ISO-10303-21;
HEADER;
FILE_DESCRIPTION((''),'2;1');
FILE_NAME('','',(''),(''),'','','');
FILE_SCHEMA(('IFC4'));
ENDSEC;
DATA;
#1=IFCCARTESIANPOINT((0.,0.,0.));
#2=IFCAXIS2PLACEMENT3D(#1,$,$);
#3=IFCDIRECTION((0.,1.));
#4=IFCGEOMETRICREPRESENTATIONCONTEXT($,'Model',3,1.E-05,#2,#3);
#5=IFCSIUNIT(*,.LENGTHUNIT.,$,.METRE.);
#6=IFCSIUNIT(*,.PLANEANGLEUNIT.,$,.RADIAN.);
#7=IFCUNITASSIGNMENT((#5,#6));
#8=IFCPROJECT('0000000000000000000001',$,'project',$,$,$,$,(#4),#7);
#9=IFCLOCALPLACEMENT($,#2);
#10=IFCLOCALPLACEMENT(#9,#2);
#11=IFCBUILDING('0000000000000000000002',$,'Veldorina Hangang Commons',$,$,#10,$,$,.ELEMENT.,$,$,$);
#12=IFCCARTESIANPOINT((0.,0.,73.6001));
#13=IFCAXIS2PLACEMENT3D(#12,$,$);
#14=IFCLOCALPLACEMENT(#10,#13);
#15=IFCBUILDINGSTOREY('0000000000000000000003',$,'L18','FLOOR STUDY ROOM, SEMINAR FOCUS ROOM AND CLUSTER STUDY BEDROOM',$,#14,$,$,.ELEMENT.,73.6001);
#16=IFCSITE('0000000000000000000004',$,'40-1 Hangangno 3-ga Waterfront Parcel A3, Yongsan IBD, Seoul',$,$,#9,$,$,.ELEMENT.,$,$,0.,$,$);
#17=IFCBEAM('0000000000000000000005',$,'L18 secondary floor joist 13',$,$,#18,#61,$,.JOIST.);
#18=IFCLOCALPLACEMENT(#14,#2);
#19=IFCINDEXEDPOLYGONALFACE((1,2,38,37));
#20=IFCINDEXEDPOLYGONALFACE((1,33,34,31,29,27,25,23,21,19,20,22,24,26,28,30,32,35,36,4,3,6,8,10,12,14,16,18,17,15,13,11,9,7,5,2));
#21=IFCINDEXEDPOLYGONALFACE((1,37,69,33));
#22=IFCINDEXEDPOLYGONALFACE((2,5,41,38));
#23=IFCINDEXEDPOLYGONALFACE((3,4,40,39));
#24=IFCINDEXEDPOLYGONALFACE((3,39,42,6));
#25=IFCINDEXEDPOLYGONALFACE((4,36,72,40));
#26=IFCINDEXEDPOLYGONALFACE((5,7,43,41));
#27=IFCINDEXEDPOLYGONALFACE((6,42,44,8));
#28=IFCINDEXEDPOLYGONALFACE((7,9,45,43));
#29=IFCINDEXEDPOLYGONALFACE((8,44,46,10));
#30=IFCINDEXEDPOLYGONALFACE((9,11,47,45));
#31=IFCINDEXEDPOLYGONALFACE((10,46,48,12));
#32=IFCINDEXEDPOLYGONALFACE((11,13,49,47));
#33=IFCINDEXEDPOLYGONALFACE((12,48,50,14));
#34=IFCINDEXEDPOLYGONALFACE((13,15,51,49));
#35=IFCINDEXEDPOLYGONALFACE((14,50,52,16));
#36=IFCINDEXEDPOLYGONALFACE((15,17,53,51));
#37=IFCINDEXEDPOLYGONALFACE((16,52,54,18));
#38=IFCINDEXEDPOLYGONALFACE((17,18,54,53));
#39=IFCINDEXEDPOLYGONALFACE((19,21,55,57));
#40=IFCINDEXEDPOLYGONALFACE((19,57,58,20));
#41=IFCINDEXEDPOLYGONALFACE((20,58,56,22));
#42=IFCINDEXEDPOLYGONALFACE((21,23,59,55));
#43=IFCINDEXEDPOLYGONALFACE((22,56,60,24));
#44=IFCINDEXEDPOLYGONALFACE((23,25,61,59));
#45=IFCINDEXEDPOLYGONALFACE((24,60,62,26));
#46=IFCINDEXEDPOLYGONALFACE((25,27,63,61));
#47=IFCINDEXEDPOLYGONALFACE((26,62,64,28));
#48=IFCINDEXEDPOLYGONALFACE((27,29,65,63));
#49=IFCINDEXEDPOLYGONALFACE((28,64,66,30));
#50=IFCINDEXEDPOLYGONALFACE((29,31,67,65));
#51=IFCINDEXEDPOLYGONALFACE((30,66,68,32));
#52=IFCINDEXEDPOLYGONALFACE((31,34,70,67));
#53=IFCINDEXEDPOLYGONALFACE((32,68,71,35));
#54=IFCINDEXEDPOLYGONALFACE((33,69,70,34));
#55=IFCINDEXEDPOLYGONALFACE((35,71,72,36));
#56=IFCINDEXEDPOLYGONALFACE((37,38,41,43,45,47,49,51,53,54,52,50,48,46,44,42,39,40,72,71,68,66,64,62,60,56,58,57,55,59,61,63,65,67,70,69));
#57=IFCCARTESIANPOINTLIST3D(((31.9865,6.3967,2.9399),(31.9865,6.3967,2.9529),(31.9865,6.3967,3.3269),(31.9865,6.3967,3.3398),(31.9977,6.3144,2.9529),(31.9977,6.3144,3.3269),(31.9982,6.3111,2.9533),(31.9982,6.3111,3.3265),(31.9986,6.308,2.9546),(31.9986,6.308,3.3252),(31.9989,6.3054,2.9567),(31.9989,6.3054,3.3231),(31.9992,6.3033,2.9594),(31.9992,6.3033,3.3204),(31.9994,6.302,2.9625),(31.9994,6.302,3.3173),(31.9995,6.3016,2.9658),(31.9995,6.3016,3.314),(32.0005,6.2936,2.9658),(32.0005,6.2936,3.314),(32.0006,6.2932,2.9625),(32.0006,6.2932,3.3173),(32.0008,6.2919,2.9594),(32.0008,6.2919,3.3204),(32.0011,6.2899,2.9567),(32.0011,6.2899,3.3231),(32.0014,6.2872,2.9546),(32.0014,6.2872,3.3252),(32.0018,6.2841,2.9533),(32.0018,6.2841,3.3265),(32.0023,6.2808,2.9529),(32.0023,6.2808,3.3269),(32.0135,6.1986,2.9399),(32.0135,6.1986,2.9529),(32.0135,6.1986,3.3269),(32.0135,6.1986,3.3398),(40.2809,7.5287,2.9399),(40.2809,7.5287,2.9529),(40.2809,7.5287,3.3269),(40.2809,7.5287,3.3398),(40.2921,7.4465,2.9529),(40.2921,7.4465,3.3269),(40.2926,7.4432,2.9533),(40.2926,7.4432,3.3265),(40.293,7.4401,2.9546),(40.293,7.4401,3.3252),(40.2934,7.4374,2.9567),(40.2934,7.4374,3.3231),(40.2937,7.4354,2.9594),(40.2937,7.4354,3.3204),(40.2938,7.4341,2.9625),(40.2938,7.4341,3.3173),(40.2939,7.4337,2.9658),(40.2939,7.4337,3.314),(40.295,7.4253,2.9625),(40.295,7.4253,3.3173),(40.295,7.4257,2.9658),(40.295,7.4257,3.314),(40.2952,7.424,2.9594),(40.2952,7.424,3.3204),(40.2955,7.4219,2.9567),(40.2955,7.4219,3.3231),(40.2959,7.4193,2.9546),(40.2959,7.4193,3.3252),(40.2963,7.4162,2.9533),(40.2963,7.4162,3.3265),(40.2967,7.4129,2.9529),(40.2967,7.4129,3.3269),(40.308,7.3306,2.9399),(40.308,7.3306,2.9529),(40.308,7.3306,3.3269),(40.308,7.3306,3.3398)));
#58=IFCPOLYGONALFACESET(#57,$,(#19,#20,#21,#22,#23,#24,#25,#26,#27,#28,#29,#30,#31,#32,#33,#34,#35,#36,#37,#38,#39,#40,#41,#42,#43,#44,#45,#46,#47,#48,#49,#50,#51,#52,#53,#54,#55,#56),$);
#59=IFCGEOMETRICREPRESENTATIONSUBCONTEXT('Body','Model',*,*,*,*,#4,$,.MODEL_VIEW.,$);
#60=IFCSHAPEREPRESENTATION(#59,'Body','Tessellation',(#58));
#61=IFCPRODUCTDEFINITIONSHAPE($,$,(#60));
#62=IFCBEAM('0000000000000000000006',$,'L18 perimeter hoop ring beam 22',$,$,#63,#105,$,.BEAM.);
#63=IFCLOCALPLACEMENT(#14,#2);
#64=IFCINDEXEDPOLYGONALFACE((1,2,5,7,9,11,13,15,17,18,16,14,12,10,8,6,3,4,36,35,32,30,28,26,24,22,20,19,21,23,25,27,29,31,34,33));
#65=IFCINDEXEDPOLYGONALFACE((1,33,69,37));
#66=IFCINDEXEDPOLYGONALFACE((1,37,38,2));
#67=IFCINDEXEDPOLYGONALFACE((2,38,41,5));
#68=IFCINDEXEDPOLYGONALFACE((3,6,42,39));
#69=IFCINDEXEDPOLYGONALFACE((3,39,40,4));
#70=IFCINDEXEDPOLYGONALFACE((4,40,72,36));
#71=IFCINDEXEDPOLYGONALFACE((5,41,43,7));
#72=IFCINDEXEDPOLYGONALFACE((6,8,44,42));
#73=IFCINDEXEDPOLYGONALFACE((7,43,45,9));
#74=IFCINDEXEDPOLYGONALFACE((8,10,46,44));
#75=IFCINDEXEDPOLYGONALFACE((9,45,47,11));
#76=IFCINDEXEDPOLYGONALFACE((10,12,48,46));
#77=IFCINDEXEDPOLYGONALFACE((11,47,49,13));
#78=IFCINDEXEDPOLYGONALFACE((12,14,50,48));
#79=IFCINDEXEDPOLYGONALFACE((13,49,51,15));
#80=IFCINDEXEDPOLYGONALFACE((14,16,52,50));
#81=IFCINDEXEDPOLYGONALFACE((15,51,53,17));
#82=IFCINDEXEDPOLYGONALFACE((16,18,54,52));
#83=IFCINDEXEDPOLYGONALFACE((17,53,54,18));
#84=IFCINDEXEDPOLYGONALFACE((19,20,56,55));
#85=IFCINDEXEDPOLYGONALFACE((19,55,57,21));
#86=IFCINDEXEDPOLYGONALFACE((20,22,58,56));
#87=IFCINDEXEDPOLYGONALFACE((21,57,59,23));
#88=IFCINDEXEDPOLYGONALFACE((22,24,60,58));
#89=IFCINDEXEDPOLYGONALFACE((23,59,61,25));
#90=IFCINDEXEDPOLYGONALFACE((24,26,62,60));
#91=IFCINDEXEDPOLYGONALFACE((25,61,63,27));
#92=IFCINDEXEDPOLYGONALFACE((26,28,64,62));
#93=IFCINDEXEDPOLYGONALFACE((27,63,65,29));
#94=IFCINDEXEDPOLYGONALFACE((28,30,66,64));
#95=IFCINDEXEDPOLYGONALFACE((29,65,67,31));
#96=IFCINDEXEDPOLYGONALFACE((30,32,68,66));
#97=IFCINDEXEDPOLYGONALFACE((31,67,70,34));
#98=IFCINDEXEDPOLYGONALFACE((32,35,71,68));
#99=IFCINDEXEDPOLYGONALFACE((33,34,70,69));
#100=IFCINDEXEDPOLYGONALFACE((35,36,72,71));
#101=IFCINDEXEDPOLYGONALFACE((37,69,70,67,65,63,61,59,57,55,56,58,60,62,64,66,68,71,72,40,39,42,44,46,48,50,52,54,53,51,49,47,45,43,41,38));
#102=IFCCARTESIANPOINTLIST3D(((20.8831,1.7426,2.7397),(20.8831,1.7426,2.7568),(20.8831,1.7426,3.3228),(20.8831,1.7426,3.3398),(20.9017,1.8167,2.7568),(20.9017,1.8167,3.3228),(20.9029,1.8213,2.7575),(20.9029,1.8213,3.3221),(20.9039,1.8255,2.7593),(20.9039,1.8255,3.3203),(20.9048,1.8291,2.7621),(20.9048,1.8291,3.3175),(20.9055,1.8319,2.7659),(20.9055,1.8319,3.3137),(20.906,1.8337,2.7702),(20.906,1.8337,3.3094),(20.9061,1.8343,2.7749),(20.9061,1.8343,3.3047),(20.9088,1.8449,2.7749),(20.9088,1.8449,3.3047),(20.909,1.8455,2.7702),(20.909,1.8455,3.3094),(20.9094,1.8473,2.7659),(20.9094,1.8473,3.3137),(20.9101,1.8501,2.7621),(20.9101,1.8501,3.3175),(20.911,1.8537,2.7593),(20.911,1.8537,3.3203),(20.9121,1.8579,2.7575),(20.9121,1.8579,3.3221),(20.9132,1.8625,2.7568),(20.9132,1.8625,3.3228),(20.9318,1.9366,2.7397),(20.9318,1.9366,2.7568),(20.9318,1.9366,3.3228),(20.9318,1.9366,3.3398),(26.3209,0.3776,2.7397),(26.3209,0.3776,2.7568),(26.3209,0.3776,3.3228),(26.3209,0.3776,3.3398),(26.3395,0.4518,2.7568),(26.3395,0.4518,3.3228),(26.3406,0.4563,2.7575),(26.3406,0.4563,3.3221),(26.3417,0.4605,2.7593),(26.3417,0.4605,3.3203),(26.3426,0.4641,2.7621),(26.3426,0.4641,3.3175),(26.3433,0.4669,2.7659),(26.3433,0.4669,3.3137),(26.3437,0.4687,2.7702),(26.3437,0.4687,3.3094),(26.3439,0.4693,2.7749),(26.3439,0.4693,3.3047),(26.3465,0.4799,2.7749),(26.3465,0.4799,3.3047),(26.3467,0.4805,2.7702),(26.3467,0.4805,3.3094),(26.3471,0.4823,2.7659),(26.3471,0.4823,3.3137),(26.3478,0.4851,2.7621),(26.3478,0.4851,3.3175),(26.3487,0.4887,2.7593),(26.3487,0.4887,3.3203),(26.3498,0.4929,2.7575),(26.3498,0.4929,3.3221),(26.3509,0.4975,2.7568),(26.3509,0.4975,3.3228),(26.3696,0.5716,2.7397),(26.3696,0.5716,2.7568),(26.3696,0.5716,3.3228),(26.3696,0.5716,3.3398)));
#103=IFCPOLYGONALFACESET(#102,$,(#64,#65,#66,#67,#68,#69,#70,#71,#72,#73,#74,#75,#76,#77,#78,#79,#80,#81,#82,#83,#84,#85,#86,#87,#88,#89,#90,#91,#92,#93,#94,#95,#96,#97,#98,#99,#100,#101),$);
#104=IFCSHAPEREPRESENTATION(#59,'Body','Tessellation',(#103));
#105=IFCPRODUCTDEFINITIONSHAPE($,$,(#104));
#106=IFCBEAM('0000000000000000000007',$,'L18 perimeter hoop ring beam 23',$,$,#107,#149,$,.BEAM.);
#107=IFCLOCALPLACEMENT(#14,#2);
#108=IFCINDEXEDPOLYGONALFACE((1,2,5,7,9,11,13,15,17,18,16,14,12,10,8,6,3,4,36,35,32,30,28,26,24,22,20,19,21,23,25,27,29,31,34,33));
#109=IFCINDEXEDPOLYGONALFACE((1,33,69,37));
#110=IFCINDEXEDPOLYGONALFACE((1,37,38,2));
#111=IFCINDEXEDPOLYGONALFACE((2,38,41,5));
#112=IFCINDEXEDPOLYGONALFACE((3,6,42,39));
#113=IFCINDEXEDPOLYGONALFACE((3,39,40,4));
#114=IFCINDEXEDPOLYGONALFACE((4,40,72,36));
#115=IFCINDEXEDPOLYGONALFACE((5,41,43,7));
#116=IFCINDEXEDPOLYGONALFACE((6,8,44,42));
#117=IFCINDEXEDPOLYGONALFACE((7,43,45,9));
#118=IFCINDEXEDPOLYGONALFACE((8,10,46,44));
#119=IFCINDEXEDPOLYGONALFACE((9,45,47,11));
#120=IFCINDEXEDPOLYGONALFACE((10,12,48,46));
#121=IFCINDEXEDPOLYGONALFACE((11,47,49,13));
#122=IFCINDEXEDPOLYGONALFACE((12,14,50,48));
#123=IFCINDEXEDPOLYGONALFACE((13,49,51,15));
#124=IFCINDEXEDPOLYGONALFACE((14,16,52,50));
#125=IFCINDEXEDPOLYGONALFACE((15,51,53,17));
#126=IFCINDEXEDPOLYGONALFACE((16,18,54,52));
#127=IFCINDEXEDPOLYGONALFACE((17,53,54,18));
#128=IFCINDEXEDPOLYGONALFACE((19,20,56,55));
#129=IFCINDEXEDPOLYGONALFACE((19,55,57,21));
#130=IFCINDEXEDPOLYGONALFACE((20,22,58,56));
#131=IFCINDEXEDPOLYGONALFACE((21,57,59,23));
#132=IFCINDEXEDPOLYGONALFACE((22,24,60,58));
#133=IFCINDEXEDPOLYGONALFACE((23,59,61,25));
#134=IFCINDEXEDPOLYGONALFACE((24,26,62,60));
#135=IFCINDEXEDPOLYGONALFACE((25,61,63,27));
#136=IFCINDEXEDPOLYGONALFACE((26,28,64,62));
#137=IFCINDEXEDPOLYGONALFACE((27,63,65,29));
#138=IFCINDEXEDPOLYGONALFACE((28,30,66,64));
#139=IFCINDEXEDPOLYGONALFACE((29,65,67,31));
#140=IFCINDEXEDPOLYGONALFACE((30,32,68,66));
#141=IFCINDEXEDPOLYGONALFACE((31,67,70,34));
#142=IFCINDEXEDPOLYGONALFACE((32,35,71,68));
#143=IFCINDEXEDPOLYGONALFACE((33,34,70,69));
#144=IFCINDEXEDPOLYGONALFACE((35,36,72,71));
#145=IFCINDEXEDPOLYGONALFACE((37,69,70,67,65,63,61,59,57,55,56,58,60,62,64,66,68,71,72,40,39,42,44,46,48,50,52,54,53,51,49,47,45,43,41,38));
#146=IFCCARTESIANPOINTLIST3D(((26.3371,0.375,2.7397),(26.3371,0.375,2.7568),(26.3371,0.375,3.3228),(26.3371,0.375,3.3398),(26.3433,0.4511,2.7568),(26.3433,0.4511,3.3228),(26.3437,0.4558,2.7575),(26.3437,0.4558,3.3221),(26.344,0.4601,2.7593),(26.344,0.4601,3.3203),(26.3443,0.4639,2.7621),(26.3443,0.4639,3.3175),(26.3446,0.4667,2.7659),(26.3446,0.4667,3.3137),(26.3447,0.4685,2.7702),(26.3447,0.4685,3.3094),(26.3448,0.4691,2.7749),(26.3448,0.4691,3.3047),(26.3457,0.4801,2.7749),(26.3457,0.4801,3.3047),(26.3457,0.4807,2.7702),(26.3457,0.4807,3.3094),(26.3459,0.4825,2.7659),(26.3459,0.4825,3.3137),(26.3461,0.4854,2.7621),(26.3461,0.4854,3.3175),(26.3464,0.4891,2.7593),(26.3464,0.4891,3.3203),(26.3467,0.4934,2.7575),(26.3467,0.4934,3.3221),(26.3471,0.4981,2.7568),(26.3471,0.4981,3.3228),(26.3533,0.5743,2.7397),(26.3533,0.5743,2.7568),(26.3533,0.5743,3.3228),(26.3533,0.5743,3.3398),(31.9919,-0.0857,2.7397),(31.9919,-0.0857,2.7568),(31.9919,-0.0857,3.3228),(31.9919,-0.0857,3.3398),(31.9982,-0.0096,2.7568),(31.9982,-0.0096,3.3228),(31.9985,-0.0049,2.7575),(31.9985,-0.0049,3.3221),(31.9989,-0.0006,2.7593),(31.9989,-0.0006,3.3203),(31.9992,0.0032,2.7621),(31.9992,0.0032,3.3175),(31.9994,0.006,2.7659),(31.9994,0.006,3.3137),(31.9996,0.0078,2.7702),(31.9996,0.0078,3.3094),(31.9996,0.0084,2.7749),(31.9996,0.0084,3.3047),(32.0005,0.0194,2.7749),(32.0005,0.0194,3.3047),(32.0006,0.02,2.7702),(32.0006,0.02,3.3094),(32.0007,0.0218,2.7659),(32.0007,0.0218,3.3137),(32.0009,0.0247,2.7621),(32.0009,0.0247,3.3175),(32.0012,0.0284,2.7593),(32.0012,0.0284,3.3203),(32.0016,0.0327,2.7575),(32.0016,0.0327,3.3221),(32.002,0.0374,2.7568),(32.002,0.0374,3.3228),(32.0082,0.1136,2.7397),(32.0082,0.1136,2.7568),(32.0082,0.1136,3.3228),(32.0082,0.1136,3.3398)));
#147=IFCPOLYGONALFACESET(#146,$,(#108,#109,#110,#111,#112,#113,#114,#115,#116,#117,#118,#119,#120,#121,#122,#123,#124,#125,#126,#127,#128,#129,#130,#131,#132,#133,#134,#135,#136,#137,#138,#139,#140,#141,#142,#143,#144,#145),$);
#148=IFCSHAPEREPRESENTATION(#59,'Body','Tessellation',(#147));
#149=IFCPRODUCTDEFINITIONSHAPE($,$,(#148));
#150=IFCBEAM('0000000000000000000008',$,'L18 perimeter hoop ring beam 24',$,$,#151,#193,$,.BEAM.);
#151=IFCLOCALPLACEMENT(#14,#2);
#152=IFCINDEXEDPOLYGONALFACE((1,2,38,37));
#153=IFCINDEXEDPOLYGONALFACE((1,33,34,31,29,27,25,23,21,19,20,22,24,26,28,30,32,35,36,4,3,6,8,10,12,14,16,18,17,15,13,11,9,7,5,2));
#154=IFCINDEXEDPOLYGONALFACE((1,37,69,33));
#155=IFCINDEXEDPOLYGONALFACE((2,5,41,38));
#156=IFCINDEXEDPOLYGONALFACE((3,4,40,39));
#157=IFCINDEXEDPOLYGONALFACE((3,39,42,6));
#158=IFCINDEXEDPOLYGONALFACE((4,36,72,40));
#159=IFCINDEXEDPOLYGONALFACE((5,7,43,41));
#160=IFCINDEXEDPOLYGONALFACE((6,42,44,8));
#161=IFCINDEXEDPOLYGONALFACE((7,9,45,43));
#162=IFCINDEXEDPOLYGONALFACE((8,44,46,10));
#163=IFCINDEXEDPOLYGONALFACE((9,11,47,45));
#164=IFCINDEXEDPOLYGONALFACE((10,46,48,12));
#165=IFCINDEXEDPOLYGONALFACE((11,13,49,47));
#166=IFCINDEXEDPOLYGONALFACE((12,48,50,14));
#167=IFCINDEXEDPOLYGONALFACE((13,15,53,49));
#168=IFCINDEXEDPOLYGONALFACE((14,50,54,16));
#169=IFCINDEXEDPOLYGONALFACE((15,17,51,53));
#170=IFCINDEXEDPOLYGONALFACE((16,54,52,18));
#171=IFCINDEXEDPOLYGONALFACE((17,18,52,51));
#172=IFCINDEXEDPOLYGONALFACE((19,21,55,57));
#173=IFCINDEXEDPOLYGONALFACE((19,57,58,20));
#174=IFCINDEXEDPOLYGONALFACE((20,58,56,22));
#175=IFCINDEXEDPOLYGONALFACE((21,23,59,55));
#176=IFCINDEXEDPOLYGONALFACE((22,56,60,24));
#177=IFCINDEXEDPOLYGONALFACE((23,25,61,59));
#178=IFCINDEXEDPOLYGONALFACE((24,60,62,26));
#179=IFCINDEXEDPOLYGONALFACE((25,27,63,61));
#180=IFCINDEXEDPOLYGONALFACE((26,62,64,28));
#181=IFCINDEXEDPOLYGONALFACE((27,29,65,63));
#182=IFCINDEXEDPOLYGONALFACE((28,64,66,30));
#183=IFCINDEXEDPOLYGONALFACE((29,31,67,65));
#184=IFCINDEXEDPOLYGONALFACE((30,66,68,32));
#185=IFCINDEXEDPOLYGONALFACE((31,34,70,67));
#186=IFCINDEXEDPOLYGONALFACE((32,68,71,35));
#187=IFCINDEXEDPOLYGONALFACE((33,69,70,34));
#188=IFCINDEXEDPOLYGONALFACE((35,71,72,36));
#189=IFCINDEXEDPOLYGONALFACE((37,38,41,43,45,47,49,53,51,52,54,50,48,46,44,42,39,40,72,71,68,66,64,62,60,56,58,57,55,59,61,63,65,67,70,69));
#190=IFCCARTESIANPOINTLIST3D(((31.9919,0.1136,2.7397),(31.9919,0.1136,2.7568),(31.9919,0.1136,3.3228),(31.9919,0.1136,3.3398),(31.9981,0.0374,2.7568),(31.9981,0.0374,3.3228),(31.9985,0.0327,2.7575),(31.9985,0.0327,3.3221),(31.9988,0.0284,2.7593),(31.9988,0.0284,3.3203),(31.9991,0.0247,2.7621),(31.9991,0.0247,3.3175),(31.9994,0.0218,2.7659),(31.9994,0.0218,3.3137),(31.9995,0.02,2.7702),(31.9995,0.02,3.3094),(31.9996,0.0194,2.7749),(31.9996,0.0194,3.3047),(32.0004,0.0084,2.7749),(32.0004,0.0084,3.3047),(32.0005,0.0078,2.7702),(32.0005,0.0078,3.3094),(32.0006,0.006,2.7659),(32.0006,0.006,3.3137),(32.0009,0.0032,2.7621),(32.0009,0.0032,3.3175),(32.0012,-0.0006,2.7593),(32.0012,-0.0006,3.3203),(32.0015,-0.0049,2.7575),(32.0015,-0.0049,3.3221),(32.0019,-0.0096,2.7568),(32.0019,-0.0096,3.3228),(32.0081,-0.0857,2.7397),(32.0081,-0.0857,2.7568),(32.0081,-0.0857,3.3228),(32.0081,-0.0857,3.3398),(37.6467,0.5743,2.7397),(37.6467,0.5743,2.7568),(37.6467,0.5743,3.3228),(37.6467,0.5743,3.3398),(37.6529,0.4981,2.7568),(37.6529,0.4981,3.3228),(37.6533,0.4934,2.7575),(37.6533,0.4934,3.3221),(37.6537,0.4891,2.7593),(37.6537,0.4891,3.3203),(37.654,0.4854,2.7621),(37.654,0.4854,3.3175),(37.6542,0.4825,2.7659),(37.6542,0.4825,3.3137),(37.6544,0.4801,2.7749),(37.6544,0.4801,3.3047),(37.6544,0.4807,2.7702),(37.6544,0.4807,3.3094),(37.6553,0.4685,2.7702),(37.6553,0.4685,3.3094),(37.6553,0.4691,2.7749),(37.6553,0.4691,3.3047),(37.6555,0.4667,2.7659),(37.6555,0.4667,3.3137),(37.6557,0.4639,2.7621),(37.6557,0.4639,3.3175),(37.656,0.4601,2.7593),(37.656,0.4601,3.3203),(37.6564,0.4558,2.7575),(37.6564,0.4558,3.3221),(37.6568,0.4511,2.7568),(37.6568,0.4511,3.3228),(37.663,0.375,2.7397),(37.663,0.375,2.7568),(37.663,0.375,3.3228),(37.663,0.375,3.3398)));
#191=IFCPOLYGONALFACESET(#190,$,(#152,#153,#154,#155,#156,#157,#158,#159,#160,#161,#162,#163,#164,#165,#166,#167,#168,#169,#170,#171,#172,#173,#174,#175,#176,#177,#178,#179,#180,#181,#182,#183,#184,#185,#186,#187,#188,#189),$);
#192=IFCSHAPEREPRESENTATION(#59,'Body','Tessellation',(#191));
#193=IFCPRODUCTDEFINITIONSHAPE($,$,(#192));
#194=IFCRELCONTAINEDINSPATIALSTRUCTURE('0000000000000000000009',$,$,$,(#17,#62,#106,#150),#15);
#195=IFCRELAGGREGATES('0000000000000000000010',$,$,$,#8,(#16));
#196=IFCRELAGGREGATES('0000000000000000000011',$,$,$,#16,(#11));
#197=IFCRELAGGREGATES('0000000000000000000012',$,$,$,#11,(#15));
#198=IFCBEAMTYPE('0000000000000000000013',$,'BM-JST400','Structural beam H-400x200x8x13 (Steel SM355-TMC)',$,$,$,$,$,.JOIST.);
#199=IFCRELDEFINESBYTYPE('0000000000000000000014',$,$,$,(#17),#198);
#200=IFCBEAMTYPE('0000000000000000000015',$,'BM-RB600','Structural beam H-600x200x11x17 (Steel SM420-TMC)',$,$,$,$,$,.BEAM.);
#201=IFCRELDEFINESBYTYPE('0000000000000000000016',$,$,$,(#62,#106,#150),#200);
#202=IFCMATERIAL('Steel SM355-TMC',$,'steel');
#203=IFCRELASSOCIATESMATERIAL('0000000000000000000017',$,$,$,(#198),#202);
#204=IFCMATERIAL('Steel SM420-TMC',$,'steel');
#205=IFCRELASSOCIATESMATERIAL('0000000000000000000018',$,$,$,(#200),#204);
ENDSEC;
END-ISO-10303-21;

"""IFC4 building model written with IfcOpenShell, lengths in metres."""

from ifc_helpers import new_model, si_unit, direction, frame, origin, origin_2d, place, context, subcontext, project, spatial, i_section, extrude, material, material_profile, profile_set, type_object, element, save


model = new_model("IFC4")

# Units and contexts
model_context = context("Model", 3, precision=1e-05, world=origin(), true_north=direction((0.0, 1.0)))
body_context = subcontext(model_context, "Body", "Model", "MODEL_VIEW")
ifc_project = project(units=[si_unit("LENGTHUNIT", "METRE"), si_unit("PLANEANGLEUNIT", "RADIAN")], contexts=[model_context])

# Site, building, storey
site_placement = place(None, origin())
site = spatial("IfcSite", under=ifc_project, at=site_placement, Name="40-1 Hangangno 3-ga Waterfront Parcel A3, Yongsan IBD, Seoul", CompositionType="ELEMENT", RefElevation=0.0)
building_placement = place(site_placement, origin())
building = spatial("IfcBuilding", under=site, at=building_placement, Name="Veldorina Hangang Commons", CompositionType="ELEMENT")
storey_placement = place(building_placement, frame((0.0, 0.0, 73.6001)))
storey = spatial("IfcBuildingStorey", under=building, at=storey_placement, Name="L18", Description="FLOOR STUDY ROOM, SEMINAR FOCUS ROOM AND CLUSTER STUDY BEDROOM", CompositionType="ELEMENT", Elevation=73.6001)

# Beams
ifc_material_1 = material(Name="Steel SM355-TMC", Category="steel")
ifc_material_profile_1 = material_profile(ifc_material_1, i_section(OverallWidth=0.2, OverallDepth=0.3999, WebThickness=0.0081, FlangeThickness=0.0129, FilletRadius=0.0129, at=origin_2d()), Name="H-400x200x8x13")
ifc_profile_set_1 = profile_set([ifc_material_profile_1], Name="Steel SM355-TMC")
beam_type_1 = type_object("IfcBeamType", Name="BM-JST400", Description="Structural beam H-400x200x8x13 (Steel SM355-TMC)", PredefinedType="JOIST", material=ifc_profile_set_1)
beam_1_placement = place(storey_placement, frame((32.0, 6.2976, 3.1399), z_axis=(0.990814, 0.135233, 0.0), x_axis=(-0.135233, 0.990814, 0.0)))
element("IfcBeam", 1, at=beam_1_placement, inside=storey, type_object=beam_type_1, Name="L18 secondary floor joist 13", PredefinedType="JOIST", context=body_context, shape_type="SweptSolid", body=[
    extrude(i_section(OverallWidth=0.2, OverallDepth=0.3999, WebThickness=0.0081, FlangeThickness=0.0129, FilletRadius=0.0129, at=origin_2d()), origin(), (0.0, 0.0, 1.0), 8.3713),
])
ifc_material_2 = material(Name="Steel SM420-TMC", Category="steel")
ifc_material_profile_2 = material_profile(ifc_material_2, i_section(OverallWidth=0.2, OverallDepth=0.6001, WebThickness=0.011, FlangeThickness=0.0171, FilletRadius=0.0181, at=origin_2d()), Name="H-600x200x11x17")
ifc_profile_set_2 = profile_set([ifc_material_profile_2], Name="Steel SM420-TMC")
beam_type_2 = type_object("IfcBeamType", Name="BM-RB600", Description="Structural beam H-600x200x11x17 (Steel SM420-TMC)", PredefinedType="BEAM", material=ifc_profile_set_2)
beam_2_placement = place(storey_placement, frame((20.9075, 1.8396, 3.0398), z_axis=(0.969909, -0.243468, 0.0), x_axis=(0.243468, 0.969909, 0.0)))
element("IfcBeam", 2, at=beam_2_placement, inside=storey, type_object=beam_type_2, Name="L18 perimeter hoop ring beam 22", PredefinedType="BEAM", context=body_context, shape_type="SweptSolid", body=[
    extrude(i_section(OverallWidth=0.2, OverallDepth=0.6001, WebThickness=0.011, FlangeThickness=0.0171, FilletRadius=0.0181, at=origin_2d()), origin(), (0.0, 0.0, 1.0), 5.6064),
])
for number, where, z_axis, x_axis, name in (
    (3, (26.3452, 0.4746, 3.0398), (0.996698, -0.081201, 0.0), (0.081201, 0.996698, 0.0), "L18 perimeter hoop ring beam 23"),
    (4, (32.0, 0.0139, 3.0398), (0.996698, 0.081201, 0.0), (-0.081201, 0.996698, 0.0), "L18 perimeter hoop ring beam 24"),
):
    element("IfcBeam", number, at=place(storey_placement, frame(where, z_axis=z_axis, x_axis=x_axis)), inside=storey, type_object=beam_type_2, Name=name, PredefinedType="BEAM", context=body_context, shape_type="SweptSolid", body=[
        extrude(i_section(OverallWidth=0.2, OverallDepth=0.6001, WebThickness=0.011, FlangeThickness=0.0171, FilletRadius=0.0181, at=origin_2d()), origin(), (0.0, 0.0, 1.0), 5.6736),
    ])

save(model, "model.ifc")
